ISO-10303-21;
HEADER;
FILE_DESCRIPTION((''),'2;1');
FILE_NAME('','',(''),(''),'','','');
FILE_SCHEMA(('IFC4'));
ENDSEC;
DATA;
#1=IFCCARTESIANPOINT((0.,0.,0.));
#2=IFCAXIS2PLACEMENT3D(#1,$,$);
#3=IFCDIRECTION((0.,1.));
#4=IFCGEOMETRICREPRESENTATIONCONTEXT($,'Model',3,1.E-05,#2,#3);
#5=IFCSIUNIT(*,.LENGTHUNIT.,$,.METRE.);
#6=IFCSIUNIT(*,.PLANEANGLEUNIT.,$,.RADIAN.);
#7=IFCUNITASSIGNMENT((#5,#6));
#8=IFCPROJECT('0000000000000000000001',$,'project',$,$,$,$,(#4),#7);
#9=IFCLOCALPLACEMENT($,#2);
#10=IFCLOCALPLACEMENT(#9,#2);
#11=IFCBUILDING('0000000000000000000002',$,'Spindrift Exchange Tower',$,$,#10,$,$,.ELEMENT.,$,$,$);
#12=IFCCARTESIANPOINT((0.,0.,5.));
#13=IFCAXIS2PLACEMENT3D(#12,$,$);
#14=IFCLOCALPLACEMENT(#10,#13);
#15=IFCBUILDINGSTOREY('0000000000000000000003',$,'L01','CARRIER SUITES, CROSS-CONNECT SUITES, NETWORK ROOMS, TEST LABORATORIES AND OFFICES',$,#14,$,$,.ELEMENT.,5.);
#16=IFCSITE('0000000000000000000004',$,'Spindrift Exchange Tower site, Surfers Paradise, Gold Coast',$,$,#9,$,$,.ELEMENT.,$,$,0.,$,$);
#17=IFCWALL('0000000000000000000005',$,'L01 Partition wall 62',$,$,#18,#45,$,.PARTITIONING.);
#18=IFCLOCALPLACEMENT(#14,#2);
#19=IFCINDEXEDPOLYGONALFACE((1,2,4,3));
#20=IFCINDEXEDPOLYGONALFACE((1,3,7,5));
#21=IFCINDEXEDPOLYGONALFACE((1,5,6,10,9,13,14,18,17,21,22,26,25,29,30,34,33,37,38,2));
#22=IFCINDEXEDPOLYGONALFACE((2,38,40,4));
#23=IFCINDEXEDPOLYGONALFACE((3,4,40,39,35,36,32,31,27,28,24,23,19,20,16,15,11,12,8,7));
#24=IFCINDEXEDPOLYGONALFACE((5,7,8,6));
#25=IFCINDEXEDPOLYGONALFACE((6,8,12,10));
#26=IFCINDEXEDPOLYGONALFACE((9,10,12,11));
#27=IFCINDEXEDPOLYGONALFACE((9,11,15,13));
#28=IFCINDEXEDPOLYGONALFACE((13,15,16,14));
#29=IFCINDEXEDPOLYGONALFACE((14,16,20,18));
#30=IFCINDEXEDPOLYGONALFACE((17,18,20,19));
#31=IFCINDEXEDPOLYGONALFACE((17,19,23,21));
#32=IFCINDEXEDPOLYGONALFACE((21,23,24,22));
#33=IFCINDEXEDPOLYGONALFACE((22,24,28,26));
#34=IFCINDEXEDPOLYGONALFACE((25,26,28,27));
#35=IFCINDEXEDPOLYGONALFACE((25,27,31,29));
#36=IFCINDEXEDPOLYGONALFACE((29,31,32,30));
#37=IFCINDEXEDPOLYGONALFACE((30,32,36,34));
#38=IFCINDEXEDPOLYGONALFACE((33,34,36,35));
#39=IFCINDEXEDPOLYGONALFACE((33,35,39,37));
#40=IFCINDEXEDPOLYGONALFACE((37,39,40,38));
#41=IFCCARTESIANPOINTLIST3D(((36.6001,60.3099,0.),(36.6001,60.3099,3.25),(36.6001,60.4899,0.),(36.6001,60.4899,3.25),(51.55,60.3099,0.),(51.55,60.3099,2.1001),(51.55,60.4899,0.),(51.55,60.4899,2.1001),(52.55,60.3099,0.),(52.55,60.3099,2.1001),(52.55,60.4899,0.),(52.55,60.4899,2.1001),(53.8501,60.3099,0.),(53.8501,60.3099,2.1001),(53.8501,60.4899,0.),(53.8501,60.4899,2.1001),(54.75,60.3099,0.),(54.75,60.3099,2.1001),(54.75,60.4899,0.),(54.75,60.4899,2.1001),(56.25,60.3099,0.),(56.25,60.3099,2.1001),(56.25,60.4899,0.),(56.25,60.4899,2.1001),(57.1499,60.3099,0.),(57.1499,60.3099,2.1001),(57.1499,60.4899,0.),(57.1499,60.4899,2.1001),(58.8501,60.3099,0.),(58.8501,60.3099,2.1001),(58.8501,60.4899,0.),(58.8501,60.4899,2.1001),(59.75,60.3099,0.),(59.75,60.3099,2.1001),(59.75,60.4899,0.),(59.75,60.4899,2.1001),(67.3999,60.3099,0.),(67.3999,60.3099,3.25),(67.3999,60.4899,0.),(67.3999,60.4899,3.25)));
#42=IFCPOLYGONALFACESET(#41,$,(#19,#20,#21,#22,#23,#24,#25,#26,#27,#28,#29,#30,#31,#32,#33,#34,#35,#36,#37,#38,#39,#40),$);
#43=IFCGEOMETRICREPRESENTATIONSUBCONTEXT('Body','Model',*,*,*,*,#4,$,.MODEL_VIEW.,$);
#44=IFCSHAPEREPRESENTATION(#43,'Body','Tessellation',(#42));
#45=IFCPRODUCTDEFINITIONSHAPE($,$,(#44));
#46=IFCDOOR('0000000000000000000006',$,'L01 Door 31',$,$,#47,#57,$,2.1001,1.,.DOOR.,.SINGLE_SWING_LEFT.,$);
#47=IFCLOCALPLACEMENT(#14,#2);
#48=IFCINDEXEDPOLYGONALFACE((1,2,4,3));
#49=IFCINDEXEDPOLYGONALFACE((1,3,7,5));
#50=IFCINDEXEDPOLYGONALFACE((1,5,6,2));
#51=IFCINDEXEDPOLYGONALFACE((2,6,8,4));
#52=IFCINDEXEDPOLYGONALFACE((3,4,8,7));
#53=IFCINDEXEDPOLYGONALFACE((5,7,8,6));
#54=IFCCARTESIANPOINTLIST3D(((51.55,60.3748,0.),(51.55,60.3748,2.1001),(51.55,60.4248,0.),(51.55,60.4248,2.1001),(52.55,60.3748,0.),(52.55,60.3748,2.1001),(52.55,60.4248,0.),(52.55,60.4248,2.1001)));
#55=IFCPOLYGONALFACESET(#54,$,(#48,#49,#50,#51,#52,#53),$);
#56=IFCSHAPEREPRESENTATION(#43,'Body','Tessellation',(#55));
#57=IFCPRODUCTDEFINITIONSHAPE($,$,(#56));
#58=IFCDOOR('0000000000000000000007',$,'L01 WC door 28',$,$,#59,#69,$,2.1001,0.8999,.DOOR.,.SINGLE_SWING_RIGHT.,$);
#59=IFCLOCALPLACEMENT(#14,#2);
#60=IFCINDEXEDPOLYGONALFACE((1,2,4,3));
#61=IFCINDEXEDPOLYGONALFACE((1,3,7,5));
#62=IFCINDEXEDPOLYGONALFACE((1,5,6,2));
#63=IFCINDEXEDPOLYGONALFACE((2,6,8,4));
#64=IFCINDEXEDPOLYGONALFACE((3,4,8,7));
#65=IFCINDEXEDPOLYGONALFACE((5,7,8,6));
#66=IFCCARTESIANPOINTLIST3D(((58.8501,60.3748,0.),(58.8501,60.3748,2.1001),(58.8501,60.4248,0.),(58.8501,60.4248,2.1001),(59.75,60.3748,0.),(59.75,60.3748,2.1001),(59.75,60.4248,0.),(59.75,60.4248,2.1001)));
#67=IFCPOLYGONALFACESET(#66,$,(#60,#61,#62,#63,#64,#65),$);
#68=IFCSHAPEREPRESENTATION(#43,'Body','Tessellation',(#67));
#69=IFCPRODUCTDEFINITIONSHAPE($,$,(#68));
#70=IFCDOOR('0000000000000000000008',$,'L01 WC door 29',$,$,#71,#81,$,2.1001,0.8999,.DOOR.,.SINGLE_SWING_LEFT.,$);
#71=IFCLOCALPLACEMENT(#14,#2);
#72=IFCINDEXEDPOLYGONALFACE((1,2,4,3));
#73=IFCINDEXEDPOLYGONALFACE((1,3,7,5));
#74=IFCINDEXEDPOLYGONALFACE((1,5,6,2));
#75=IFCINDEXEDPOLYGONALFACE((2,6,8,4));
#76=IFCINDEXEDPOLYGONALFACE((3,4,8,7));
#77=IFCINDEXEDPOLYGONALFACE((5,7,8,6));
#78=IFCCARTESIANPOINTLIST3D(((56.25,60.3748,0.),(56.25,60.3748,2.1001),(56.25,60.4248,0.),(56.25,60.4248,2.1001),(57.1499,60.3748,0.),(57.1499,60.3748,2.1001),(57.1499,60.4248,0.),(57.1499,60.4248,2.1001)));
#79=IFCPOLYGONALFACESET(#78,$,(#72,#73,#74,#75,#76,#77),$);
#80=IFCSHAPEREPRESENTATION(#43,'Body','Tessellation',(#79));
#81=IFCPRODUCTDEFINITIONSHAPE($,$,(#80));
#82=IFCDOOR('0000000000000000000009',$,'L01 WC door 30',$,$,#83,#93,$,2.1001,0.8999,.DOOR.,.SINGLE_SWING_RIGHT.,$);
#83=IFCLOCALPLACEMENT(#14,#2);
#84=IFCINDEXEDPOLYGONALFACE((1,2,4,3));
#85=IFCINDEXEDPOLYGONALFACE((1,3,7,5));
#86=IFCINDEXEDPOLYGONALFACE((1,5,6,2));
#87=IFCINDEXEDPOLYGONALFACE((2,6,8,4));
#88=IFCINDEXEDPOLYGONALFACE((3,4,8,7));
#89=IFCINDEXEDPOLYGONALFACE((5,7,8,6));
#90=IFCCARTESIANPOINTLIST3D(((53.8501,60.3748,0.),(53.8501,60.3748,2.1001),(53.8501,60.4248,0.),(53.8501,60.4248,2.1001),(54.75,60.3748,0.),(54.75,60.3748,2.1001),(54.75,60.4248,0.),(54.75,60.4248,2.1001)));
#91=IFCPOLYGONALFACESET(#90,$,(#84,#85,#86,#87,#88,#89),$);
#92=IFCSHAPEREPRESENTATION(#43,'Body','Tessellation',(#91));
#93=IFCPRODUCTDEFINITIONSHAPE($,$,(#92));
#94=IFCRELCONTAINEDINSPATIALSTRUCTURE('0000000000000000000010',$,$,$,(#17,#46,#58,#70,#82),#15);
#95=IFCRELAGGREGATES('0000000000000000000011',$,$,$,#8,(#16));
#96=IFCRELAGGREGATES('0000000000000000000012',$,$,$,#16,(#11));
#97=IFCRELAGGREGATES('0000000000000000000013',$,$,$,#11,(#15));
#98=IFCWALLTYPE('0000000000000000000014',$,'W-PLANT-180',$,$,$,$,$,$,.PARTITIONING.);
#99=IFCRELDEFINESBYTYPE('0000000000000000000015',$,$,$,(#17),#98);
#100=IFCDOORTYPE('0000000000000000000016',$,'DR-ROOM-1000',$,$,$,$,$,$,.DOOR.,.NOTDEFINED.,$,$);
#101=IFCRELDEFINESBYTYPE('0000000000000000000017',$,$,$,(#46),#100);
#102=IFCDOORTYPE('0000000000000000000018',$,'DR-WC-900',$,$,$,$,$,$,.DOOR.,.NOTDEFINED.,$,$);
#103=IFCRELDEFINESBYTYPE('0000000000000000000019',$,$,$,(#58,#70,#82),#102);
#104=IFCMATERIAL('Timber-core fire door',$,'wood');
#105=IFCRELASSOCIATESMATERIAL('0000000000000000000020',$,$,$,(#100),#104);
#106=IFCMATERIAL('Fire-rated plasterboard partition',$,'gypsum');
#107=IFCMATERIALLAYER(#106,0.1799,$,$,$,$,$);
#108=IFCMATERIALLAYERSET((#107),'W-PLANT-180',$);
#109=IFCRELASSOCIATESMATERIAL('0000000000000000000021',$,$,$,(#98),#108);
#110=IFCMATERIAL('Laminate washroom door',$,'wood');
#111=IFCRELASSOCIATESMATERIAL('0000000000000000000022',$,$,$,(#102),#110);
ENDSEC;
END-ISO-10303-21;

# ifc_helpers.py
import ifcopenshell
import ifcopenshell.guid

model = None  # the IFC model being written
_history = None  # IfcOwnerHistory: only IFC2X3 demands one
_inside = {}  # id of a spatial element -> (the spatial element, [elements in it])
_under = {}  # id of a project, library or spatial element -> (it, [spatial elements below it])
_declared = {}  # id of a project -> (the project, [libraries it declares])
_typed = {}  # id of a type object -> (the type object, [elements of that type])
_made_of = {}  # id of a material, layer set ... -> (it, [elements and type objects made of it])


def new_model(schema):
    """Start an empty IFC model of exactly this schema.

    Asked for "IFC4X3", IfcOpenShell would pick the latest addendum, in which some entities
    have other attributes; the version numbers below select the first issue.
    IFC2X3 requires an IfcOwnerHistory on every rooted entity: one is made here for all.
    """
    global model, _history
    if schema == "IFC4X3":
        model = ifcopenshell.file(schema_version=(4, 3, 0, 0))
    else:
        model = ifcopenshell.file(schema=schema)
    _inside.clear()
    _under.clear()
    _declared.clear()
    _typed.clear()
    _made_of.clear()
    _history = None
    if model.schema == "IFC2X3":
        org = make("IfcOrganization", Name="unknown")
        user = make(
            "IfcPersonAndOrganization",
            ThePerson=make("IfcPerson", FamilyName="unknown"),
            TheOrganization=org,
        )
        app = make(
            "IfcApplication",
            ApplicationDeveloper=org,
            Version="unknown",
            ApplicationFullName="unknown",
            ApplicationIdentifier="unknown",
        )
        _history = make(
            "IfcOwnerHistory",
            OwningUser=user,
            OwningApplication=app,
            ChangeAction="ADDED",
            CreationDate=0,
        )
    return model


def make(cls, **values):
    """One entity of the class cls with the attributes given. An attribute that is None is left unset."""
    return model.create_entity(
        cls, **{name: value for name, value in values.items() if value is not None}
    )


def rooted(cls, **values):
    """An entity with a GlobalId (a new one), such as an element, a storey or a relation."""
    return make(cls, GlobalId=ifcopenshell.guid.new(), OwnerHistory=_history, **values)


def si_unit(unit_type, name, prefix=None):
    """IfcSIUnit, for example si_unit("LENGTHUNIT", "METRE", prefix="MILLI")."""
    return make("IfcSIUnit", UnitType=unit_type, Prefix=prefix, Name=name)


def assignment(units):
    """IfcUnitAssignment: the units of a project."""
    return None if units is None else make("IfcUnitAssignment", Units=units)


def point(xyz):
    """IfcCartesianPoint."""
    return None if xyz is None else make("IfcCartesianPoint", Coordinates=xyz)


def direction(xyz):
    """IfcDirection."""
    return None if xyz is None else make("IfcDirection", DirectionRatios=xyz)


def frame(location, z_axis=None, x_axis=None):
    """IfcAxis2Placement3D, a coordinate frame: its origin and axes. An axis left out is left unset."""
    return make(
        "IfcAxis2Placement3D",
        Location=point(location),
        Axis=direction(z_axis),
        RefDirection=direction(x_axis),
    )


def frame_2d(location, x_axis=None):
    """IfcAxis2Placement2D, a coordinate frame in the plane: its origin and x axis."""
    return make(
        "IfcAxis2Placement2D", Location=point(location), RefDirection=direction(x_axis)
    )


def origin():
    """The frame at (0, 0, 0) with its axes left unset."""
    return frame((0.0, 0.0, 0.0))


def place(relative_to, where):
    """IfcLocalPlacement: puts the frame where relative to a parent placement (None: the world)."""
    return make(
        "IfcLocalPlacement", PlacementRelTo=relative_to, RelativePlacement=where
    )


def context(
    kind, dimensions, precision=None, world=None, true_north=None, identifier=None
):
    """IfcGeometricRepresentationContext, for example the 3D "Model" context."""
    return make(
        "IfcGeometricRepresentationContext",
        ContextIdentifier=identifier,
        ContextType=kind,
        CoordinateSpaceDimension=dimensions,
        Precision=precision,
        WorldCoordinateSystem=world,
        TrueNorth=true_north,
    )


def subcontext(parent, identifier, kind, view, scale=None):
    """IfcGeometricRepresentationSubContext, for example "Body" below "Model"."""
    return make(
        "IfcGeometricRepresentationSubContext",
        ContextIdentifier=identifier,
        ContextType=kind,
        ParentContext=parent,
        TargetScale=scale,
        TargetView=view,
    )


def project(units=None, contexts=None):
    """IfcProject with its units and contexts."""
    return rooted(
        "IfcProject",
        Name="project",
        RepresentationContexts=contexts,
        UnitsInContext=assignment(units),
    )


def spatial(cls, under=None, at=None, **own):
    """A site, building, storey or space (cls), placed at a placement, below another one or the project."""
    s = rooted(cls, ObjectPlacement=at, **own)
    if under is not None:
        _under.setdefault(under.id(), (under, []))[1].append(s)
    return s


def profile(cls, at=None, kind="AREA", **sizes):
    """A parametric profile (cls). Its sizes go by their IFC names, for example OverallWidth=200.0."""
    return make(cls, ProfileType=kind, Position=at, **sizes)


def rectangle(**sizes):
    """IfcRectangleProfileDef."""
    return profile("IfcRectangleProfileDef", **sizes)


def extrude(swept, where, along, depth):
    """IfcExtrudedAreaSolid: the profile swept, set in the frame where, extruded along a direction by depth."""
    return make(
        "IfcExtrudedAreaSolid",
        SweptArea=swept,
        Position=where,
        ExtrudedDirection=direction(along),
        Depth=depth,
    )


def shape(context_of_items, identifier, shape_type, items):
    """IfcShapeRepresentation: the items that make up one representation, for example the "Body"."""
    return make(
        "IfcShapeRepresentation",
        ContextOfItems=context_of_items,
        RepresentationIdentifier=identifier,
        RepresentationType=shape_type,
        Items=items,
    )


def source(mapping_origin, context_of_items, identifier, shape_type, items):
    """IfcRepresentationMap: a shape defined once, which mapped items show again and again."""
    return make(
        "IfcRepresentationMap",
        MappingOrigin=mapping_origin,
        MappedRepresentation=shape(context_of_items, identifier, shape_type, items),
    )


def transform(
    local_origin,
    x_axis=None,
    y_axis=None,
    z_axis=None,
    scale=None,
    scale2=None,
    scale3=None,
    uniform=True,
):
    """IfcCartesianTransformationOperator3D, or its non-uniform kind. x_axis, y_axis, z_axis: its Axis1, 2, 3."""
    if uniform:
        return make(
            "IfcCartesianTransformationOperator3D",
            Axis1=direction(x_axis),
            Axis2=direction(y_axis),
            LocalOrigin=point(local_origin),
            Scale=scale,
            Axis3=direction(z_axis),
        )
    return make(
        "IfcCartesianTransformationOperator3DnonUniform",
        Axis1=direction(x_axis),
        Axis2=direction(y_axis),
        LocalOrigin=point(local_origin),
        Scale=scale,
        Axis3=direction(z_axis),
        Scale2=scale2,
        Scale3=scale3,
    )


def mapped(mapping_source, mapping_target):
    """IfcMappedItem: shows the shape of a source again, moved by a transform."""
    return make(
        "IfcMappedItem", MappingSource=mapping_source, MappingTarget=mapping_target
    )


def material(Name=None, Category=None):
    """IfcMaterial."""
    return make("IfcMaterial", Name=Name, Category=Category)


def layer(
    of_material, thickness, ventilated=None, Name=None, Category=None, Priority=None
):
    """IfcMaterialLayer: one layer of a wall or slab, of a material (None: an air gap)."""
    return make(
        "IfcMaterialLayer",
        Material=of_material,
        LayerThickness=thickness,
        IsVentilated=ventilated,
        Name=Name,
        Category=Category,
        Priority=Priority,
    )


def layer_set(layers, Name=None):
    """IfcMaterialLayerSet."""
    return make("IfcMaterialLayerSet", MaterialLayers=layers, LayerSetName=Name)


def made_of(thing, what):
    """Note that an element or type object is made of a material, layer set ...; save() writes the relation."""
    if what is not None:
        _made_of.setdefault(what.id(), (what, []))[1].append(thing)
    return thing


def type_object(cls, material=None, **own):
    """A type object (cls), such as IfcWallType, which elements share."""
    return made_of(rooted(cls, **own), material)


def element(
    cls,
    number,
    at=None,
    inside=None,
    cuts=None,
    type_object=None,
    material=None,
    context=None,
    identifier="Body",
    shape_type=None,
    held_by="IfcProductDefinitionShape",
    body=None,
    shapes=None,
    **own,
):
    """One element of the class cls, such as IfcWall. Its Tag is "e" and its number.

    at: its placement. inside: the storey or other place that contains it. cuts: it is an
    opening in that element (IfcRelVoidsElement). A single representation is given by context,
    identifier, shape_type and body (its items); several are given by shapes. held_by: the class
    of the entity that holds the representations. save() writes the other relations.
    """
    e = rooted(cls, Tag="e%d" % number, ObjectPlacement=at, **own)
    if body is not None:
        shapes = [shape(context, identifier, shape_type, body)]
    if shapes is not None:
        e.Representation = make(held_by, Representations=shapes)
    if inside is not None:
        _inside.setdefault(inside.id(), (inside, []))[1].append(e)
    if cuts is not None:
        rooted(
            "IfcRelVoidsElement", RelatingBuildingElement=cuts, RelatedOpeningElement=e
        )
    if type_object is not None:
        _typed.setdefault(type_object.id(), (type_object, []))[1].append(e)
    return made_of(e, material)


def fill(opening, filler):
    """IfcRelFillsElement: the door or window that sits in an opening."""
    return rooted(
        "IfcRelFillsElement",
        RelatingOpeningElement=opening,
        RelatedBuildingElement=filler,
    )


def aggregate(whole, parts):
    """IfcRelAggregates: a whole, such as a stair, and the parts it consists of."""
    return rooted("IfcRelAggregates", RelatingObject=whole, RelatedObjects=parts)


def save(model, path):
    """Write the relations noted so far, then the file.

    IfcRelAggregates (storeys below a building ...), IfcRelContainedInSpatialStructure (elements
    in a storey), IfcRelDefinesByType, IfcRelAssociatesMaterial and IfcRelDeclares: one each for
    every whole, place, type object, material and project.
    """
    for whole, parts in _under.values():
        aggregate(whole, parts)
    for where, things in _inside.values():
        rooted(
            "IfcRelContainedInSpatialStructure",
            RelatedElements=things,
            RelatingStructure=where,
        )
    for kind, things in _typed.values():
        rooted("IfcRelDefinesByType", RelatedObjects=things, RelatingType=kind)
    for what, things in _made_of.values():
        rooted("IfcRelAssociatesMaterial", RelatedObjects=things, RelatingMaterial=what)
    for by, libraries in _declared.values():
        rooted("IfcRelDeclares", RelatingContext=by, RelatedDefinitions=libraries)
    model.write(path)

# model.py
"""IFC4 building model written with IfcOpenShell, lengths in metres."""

from ifc_helpers import new_model, si_unit, direction, frame, frame_2d, origin, place, context, subcontext, project, spatial, rectangle, extrude, source, transform, mapped, material, layer, layer_set, type_object, element, fill, save


model = new_model("IFC4")

# Units and contexts
model_context = context("Model", 3, precision=1e-05, world=origin(), true_north=direction((0.0, 1.0)))
body_context = subcontext(model_context, "Body", "Model", "MODEL_VIEW")
ifc_project = project(units=[si_unit("LENGTHUNIT", "METRE"), si_unit("PLANEANGLEUNIT", "RADIAN")], contexts=[model_context])

# Site, building, storey
site_placement = place(None, origin())
site = spatial("IfcSite", under=ifc_project, at=site_placement, Name="Spindrift Exchange Tower site, Surfers Paradise, Gold Coast", CompositionType="ELEMENT", RefElevation=0.0)
building_placement = place(site_placement, origin())
building = spatial("IfcBuilding", under=site, at=building_placement, Name="Spindrift Exchange Tower", CompositionType="ELEMENT")
storey_placement = place(building_placement, frame((0.0, 0.0, 5.0)))
storey = spatial("IfcBuildingStorey", under=building, at=storey_placement, Name="L01", Description="CARRIER SUITES, CROSS-CONNECT SUITES, NETWORK ROOMS, TEST LABORATORIES AND OFFICES", CompositionType="ELEMENT", Elevation=5.0)

# Shared definitions
ifc_material_1 = material(Name="Timber-core fire door", Category="wood")
ifc_material_2 = material(Name="Fire-rated plasterboard partition", Category="gypsum")
door_type_1 = type_object("IfcDoorType", Name="DR-ROOM-1000", OperationType="NOTDEFINED", PredefinedType="DOOR", material=ifc_material_1)
shared_shape_1 = source(origin(), body_context, "Body", "SweptSolid", [
    extrude(rectangle(XDim=1.0, YDim=2.1001, at=frame_2d((0.5, 1.05))), frame((0.0, 0.0249, 0.0), z_axis=(0.0, -1.0, 0.0), x_axis=(1.0, 0.0, 0.0)), (0.0, 0.0, 1.0), 0.05),
])

# Wall, openings, doors
ifc_layer_1 = layer(ifc_material_2, 0.1799)
ifc_layer_set_1 = layer_set([ifc_layer_1], Name="W-PLANT-180")
wall_type_1 = type_object("IfcWallType", Name="W-PLANT-180", PredefinedType="PARTITIONING", material=ifc_layer_set_1)
wall_1_placement = place(storey_placement, frame((36.6001, 60.3999, 0.0), z_axis=(0.0, 0.0, 1.0), x_axis=(1.0, 0.0, 0.0)))
wall_1 = element("IfcWall", 1, at=wall_1_placement, inside=storey, type_object=wall_type_1, Name="L01 Partition wall 62", PredefinedType="PARTITIONING", context=body_context, shape_type="SweptSolid", body=[
    extrude(rectangle(XDim=30.7998, YDim=0.1799, at=frame_2d((15.3999, 0.0))), origin(), (0.0, 0.0, 1.0), 3.25),
])
opening_1_placement = place(wall_1_placement, frame((22.25, 0.0, 0.0)))
opening_1 = element("IfcOpeningElement", 2, at=opening_1_placement, cuts=wall_1, PredefinedType="OPENING", context=body_context, shape_type="SweptSolid", body=[
    extrude(rectangle(XDim=0.8999, YDim=2.1001, at=frame_2d((0.45, 1.05))), frame((0.0, 0.0999, 0.0), z_axis=(0.0, -1.0, 0.0), x_axis=(1.0, 0.0, 0.0)), (0.0, 0.0, 1.0), 0.2),
])
opening_2_placement = place(wall_1_placement, frame((19.6499, 0.0, 0.0)))
opening_2 = element("IfcOpeningElement", 3, at=opening_2_placement, cuts=wall_1, PredefinedType="OPENING", context=body_context, shape_type="SweptSolid", body=[
    extrude(rectangle(XDim=0.8999, YDim=2.1001, at=frame_2d((0.45, 1.05))), frame((0.0, 0.0999, 0.0), z_axis=(0.0, -1.0, 0.0), x_axis=(1.0, 0.0, 0.0)), (0.0, 0.0, 1.0), 0.2),
])
opening_3_placement = place(wall_1_placement, frame((17.25, 0.0, 0.0)))
opening_3 = element("IfcOpeningElement", 4, at=opening_3_placement, cuts=wall_1, PredefinedType="OPENING", context=body_context, shape_type="SweptSolid", body=[
    extrude(rectangle(XDim=0.8999, YDim=2.1001, at=frame_2d((0.45, 1.05))), frame((0.0, 0.0999, 0.0), z_axis=(0.0, -1.0, 0.0), x_axis=(1.0, 0.0, 0.0)), (0.0, 0.0, 1.0), 0.2),
])
opening_4_placement = place(wall_1_placement, frame((14.95, 0.0, 0.0)))
opening_4 = element("IfcOpeningElement", 5, at=opening_4_placement, cuts=wall_1, PredefinedType="OPENING", context=body_context, shape_type="SweptSolid", body=[
    extrude(rectangle(XDim=1.0, YDim=2.1001, at=frame_2d((0.5, 1.05))), frame((0.0, 0.0999, 0.0), z_axis=(0.0, -1.0, 0.0), x_axis=(1.0, 0.0, 0.0)), (0.0, 0.0, 1.0), 0.2),
])
door_1_placement = place(opening_4_placement, origin())
door_1 = element("IfcDoor", 6, at=door_1_placement, inside=storey, type_object=door_type_1, Name="L01 Door 31", OperationType="SINGLE_SWING_LEFT", OverallHeight=2.1001, OverallWidth=1.0, PredefinedType="DOOR", context=body_context, shape_type="MappedRepresentation", body=[
    mapped(shared_shape_1, transform((0.0, 0.0, 0.0), scale=1.0)),
])
fill(opening_4, door_1)
ifc_material_3 = material(Name="Laminate washroom door", Category="wood")
door_type_2 = type_object("IfcDoorType", Name="DR-WC-900", OperationType="NOTDEFINED", PredefinedType="DOOR", material=ifc_material_3)
shared_shape_2 = source(origin(), body_context, "Body", "SweptSolid", [
    extrude(rectangle(XDim=0.8999, YDim=2.1001, at=frame_2d((0.45, 1.05))), frame((0.0, 0.0249, 0.0), z_axis=(0.0, -1.0, 0.0), x_axis=(1.0, 0.0, 0.0)), (0.0, 0.0, 1.0), 0.05),
])
door_2_placement = place(opening_1_placement, origin())
door_2 = element("IfcDoor", 7, at=door_2_placement, inside=storey, type_object=door_type_2, Name="L01 WC door 28", OperationType="SINGLE_SWING_RIGHT", OverallHeight=2.1001, OverallWidth=0.8999, PredefinedType="DOOR", context=body_context, shape_type="MappedRepresentation", body=[
    mapped(shared_shape_2, transform((0.0, 0.0, 0.0), scale=1.0)),
])
fill(opening_1, door_2)
door_3_placement = place(opening_2_placement, origin())
door_3 = element("IfcDoor", 8, at=door_3_placement, inside=storey, type_object=door_type_2, Name="L01 WC door 29", OperationType="SINGLE_SWING_LEFT", OverallHeight=2.1001, OverallWidth=0.8999, PredefinedType="DOOR", context=body_context, shape_type="MappedRepresentation", body=[
    mapped(shared_shape_2, transform((0.0, 0.0, 0.0), scale=1.0)),
])
fill(opening_2, door_3)
door_4_placement = place(opening_3_placement, origin())
door_4 = element("IfcDoor", 9, at=door_4_placement, inside=storey, type_object=door_type_2, Name="L01 WC door 30", OperationType="SINGLE_SWING_RIGHT", OverallHeight=2.1001, OverallWidth=0.8999, PredefinedType="DOOR", context=body_context, shape_type="MappedRepresentation", body=[
    mapped(shared_shape_2, transform((0.0, 0.0, 0.0), scale=1.0)),
])
fill(opening_3, door_4)

save(model, "model.ifc")
